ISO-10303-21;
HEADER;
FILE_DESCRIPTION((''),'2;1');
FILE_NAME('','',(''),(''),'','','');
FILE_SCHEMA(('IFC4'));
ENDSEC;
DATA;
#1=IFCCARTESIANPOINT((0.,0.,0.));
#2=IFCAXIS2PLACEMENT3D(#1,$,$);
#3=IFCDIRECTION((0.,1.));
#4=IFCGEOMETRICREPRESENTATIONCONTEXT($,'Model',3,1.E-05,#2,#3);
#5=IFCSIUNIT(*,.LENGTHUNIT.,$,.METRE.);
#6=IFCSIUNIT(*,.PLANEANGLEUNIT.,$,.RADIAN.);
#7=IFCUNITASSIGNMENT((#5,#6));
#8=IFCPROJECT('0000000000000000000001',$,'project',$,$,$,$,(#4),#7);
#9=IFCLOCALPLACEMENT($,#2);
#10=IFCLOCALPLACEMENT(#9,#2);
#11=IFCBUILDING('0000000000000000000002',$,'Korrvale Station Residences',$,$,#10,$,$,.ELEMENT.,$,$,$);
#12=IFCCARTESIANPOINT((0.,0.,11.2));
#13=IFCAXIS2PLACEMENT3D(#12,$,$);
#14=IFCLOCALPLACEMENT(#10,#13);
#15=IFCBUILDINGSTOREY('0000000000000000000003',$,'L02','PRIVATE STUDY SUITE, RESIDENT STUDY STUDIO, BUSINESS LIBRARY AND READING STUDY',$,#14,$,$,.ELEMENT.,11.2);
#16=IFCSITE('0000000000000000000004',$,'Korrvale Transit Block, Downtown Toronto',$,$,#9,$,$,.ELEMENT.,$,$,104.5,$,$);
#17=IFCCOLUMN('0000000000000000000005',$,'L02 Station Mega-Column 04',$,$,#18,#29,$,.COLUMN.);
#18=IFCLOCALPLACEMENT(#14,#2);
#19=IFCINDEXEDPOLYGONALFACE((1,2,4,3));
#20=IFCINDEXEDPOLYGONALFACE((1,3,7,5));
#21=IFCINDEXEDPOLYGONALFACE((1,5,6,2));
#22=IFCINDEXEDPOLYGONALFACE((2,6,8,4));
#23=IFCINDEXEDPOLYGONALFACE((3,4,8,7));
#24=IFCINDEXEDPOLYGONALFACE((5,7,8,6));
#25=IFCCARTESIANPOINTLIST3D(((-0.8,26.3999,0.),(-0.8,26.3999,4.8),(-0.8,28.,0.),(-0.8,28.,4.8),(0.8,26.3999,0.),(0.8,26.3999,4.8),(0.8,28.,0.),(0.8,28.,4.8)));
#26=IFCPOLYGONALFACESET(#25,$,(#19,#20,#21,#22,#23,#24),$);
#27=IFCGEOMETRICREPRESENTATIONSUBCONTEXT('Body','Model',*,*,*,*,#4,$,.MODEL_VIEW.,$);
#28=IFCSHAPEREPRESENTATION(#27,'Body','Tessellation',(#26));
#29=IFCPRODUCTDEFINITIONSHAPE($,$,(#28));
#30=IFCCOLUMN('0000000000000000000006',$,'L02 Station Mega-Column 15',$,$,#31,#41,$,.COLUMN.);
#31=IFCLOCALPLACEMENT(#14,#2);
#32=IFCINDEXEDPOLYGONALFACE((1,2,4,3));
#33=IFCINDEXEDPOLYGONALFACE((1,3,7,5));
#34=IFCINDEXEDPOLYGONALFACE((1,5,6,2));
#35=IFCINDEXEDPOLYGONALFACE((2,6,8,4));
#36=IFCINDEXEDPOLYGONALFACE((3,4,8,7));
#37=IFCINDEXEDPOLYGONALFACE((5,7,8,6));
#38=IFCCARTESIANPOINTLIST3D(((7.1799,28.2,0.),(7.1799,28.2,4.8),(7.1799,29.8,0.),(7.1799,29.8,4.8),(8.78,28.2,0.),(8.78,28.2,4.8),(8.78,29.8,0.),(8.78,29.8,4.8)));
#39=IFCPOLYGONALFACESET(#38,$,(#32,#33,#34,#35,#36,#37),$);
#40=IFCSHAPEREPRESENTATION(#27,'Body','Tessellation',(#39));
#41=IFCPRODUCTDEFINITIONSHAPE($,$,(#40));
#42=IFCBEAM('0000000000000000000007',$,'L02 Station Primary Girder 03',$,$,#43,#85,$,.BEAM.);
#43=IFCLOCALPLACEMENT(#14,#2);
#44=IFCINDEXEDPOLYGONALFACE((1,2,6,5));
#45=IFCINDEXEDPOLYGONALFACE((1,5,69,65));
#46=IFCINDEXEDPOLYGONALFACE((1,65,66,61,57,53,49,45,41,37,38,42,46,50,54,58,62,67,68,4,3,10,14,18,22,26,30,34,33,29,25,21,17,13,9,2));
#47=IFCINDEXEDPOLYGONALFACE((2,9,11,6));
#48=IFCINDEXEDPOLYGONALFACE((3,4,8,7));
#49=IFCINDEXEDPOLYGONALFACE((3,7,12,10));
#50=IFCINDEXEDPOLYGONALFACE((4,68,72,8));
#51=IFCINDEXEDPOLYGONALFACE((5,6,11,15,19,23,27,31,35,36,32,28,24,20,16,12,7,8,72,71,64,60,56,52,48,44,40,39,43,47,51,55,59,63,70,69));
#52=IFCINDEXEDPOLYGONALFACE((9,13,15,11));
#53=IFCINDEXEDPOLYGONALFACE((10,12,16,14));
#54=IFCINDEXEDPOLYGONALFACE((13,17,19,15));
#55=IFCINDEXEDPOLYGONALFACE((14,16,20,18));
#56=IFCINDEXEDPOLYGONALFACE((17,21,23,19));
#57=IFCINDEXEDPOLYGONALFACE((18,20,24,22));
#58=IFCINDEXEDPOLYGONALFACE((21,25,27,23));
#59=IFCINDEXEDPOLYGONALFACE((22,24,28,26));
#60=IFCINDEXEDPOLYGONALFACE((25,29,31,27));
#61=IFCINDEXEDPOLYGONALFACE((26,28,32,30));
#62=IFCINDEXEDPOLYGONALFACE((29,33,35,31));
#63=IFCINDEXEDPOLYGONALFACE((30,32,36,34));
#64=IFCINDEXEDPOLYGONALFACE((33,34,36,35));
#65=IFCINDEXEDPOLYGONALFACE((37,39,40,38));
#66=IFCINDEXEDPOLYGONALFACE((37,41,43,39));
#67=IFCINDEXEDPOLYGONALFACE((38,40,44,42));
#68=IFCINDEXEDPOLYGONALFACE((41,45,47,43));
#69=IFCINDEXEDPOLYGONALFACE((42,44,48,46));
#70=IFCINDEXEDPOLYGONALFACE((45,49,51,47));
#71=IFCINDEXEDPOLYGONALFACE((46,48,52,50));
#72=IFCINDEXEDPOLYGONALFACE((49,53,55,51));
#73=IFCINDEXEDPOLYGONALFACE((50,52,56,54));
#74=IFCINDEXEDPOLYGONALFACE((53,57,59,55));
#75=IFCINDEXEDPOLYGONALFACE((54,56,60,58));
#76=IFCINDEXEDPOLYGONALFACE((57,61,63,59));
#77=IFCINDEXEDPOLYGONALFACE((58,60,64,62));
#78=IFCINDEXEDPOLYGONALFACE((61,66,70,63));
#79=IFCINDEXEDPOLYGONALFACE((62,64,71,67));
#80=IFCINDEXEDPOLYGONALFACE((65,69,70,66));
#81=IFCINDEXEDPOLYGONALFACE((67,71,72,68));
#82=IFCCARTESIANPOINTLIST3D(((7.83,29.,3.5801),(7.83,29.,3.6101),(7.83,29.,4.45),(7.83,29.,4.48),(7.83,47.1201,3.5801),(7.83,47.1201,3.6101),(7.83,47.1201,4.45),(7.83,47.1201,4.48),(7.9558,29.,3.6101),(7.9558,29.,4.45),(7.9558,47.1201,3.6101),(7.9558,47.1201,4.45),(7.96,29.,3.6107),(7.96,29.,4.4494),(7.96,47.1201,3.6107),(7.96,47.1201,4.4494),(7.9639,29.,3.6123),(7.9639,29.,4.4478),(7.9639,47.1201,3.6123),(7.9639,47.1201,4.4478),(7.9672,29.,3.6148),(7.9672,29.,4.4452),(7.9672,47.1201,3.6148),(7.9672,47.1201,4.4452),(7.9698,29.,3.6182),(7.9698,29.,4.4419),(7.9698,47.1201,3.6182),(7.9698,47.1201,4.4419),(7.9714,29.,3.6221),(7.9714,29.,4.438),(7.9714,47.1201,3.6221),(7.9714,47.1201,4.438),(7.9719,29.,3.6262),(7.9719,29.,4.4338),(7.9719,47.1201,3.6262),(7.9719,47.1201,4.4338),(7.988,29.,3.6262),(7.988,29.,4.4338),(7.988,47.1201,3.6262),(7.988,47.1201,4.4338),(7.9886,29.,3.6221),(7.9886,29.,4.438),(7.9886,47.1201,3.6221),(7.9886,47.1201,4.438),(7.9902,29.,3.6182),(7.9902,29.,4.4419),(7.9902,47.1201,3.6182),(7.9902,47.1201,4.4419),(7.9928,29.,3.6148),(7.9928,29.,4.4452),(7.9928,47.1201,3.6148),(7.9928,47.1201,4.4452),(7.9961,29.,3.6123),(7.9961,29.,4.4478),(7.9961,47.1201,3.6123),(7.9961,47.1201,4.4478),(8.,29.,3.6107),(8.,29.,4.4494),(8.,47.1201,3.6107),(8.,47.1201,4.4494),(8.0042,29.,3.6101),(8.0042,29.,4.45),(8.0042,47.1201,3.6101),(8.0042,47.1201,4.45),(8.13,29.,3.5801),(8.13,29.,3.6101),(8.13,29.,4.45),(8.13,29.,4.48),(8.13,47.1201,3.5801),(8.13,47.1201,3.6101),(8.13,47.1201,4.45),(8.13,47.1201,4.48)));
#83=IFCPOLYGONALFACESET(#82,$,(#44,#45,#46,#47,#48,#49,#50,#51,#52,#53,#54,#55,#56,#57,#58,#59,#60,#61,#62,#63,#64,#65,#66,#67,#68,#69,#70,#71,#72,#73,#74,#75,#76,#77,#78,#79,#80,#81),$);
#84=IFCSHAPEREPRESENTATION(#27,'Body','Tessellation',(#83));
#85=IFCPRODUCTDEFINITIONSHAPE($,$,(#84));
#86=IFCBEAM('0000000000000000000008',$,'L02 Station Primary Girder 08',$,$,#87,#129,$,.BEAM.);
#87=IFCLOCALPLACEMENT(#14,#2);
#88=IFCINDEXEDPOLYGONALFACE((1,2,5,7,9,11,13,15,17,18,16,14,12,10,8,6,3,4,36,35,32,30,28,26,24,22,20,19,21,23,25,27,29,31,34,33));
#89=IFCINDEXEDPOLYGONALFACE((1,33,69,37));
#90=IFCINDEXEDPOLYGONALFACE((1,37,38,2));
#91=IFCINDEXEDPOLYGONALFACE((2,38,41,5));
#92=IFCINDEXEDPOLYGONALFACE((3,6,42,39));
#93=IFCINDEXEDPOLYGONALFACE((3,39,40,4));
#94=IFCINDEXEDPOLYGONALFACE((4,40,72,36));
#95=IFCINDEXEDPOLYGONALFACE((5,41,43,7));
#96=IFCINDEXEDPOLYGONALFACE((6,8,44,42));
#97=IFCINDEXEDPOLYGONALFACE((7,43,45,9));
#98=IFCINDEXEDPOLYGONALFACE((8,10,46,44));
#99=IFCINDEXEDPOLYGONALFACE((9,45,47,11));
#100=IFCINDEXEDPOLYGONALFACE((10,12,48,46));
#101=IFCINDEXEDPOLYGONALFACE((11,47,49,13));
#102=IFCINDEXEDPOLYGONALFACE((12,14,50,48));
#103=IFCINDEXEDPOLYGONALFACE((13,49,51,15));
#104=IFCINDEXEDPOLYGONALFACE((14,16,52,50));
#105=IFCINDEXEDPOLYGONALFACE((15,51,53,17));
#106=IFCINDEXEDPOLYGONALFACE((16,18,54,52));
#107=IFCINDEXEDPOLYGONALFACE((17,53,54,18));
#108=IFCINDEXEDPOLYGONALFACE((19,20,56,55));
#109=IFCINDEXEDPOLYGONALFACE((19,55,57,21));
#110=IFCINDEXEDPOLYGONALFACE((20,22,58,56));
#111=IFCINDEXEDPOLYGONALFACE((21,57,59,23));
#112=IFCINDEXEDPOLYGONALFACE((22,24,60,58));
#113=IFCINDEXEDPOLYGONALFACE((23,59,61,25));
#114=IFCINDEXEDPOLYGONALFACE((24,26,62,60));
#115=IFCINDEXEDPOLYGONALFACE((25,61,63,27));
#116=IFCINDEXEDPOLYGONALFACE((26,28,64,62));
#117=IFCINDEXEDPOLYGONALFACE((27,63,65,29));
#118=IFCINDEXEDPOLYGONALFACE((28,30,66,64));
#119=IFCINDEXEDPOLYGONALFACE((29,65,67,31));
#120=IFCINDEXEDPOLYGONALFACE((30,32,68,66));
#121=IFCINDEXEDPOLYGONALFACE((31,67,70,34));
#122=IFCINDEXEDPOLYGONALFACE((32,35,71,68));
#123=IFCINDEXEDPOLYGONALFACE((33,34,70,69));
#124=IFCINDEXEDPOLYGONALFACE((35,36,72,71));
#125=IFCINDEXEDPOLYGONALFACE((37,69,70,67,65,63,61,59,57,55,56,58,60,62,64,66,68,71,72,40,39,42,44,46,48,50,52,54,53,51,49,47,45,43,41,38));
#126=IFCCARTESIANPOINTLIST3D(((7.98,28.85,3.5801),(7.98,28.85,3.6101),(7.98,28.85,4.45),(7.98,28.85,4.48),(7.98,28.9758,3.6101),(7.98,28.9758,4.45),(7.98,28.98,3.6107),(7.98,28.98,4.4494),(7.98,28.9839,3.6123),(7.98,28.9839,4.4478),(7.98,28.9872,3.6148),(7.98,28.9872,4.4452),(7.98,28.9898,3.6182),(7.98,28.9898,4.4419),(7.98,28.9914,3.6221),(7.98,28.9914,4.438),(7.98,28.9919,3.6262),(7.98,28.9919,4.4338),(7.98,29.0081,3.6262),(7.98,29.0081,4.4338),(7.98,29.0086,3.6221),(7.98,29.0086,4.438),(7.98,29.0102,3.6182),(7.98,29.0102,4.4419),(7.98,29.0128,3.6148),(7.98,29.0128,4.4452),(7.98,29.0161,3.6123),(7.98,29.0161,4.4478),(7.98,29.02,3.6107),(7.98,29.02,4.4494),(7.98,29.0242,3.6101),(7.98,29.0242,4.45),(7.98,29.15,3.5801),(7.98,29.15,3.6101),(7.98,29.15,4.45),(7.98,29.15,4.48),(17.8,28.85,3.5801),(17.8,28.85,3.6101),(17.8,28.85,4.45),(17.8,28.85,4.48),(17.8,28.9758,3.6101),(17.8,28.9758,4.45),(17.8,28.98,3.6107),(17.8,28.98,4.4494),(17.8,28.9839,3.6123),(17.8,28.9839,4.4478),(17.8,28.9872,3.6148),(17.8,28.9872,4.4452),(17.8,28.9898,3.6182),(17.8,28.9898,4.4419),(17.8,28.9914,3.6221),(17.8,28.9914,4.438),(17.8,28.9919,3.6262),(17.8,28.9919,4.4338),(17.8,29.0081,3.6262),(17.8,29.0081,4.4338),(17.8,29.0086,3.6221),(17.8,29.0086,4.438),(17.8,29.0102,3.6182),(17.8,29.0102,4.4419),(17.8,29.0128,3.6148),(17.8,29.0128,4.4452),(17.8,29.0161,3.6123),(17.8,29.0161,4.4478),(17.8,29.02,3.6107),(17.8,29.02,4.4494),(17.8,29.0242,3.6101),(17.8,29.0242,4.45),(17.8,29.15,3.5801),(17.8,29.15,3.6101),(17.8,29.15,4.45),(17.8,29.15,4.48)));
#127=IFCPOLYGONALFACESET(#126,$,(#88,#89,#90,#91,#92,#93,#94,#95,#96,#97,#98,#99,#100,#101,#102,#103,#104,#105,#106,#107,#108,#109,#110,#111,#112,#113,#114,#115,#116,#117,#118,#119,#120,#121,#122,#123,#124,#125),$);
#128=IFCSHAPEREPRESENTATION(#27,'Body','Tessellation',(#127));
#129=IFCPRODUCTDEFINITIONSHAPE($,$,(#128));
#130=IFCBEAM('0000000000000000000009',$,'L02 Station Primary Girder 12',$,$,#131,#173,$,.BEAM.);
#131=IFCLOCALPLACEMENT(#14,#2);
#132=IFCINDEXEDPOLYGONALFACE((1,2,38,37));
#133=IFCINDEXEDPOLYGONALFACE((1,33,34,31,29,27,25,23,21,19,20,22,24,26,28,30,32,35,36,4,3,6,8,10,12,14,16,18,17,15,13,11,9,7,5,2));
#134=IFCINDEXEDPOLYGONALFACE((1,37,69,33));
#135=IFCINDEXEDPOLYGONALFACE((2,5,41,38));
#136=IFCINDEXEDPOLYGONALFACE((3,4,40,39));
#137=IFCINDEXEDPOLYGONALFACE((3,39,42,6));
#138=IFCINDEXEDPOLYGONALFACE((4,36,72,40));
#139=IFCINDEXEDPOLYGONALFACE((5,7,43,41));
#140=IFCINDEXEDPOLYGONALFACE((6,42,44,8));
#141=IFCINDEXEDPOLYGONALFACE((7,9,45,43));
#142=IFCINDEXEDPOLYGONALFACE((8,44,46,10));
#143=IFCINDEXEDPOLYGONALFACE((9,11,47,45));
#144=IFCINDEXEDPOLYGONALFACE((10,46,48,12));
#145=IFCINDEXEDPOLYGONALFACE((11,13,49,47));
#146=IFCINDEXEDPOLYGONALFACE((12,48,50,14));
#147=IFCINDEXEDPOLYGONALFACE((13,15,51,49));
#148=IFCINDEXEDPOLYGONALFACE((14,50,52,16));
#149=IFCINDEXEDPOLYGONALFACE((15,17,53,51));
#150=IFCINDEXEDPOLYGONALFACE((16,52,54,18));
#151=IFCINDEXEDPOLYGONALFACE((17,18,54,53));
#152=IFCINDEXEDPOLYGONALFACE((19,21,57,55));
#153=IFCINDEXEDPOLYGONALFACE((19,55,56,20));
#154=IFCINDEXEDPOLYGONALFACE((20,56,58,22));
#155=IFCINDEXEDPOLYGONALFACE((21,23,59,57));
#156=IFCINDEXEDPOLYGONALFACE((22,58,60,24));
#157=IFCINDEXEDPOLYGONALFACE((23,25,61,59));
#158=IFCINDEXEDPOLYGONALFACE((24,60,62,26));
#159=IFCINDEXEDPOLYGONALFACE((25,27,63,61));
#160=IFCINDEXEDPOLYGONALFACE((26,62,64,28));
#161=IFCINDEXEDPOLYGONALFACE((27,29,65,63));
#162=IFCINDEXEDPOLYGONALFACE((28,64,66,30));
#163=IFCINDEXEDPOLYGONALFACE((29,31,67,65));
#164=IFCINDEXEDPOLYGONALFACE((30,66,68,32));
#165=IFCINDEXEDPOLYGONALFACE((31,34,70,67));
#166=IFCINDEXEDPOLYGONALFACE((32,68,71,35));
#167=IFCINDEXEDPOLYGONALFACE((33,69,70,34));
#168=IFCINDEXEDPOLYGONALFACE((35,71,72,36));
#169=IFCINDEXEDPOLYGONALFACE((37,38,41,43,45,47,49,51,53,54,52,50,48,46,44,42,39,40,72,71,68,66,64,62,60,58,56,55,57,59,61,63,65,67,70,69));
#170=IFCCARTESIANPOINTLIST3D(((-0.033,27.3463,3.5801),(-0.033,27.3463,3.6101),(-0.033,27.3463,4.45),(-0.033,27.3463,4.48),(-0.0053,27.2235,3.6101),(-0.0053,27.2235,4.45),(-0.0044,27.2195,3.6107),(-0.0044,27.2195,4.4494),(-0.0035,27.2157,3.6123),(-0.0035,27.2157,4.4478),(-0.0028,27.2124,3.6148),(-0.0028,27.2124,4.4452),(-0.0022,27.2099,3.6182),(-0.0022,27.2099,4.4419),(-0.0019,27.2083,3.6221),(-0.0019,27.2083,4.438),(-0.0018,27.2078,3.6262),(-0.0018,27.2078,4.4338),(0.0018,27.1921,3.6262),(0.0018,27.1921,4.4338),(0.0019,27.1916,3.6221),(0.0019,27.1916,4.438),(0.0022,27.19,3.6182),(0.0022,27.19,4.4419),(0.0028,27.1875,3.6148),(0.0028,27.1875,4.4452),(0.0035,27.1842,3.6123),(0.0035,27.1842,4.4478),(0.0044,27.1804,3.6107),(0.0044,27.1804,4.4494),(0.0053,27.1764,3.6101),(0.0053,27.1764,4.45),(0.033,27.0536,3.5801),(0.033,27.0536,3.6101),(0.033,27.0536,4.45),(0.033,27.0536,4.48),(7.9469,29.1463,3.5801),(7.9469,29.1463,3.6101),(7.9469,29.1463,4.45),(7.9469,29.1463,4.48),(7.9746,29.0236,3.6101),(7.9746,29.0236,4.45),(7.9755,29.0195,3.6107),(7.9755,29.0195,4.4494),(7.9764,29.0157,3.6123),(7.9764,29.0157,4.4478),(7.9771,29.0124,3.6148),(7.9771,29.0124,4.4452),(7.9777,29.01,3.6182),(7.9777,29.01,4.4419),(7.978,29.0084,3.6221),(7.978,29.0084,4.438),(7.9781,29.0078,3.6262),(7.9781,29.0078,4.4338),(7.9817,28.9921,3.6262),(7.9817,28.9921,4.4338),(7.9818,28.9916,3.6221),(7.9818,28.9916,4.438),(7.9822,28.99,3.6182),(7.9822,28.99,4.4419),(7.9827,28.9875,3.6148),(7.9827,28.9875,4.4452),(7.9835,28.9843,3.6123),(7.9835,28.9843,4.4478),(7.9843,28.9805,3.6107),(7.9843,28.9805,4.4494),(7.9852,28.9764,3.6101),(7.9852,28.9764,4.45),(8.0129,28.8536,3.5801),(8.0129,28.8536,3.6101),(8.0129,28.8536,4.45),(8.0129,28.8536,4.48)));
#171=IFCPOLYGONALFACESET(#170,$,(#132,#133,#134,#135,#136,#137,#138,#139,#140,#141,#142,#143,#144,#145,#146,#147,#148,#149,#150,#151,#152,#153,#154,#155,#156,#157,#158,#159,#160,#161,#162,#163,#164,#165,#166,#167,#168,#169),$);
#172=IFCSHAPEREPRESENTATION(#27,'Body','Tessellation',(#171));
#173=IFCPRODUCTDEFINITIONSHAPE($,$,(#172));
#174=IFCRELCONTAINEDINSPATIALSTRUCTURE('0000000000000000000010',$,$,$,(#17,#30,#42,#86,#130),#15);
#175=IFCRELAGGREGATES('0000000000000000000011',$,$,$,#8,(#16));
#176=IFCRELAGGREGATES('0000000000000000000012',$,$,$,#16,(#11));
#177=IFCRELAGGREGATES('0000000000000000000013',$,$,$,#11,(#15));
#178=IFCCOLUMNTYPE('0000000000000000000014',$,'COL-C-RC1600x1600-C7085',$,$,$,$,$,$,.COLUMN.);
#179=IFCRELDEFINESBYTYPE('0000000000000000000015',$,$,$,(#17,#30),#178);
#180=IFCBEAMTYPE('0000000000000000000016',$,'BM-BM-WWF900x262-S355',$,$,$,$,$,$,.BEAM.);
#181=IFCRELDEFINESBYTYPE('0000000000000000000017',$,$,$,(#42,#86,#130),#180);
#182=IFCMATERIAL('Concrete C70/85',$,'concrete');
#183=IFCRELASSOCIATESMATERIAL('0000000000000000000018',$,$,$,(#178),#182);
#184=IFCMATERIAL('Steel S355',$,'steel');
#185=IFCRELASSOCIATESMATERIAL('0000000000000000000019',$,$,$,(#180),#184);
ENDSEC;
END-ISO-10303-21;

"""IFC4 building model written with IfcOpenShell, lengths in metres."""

from ifc_helpers import new_model, si_unit, direction, frame, origin, origin_2d, place, context, subcontext, project, spatial, rectangle, i_section, extrude, material, material_profile, profile_set, type_object, element, save


model = new_model("IFC4")

# Units and contexts
model_context = context("Model", 3, precision=1e-05, world=origin(), true_north=direction((0.0, 1.0)))
body_context = subcontext(model_context, "Body", "Model", "MODEL_VIEW")
ifc_project = project(units=[si_unit("LENGTHUNIT", "METRE"), si_unit("PLANEANGLEUNIT", "RADIAN")], contexts=[model_context])

# Site, building, storey
site_placement = place(None, origin())
site = spatial("IfcSite", under=ifc_project, at=site_placement, Name="Korrvale Transit Block, Downtown Toronto", CompositionType="ELEMENT", RefElevation=104.5)
building_placement = place(site_placement, origin())
building = spatial("IfcBuilding", under=site, at=building_placement, Name="Korrvale Station Residences", CompositionType="ELEMENT")
storey_placement = place(building_placement, frame((0.0, 0.0, 11.2)))
storey = spatial("IfcBuildingStorey", under=building, at=storey_placement, Name="L02", Description="PRIVATE STUDY SUITE, RESIDENT STUDY STUDIO, BUSINESS LIBRARY AND READING STUDY", CompositionType="ELEMENT", Elevation=11.2)

# Columns
ifc_material_1 = material(Name="Concrete C70/85", Category="concrete")
ifc_material_profile_1 = material_profile(ifc_material_1, rectangle(XDim=1.6001, YDim=1.6001, at=origin_2d()), Name="RC1600x1600")
ifc_profile_set_1 = profile_set([ifc_material_profile_1], Name="Concrete C70/85")
column_type = type_object("IfcColumnType", Name="COL-C-RC1600x1600-C7085", PredefinedType="COLUMN", material=ifc_profile_set_1)
for number, where, z_axis, x_axis, name in (
    (1, (0.0, 27.2, 0.0), (0.0, 0.0, 1.0), (1.0, 0.0, 0.0), "L02 Station Mega-Column 04"),
    (2, (7.98, 29.0, 0.0), (0.0, 0.0, 1.0), (1.0, 0.0, 0.0), "L02 Station Mega-Column 15"),
):
    element("IfcColumn", number, at=place(storey_placement, frame(where, z_axis=z_axis, x_axis=x_axis)), inside=storey, type_object=column_type, Name=name, PredefinedType="COLUMN", context=body_context, shape_type="SweptSolid", body=[
        extrude(rectangle(XDim=1.6001, YDim=1.6001, at=origin_2d()), origin(), (0.0, 0.0, 1.0), 4.8),
    ])

# Beams
ifc_material_2 = material(Name="Steel S355", Category="steel")
ifc_material_profile_2 = material_profile(ifc_material_2, i_section(OverallWidth=0.3, OverallDepth=0.8999, WebThickness=0.0161, FlangeThickness=0.03, FilletRadius=0.0161, at=origin_2d()), Name="WWF900x262")
ifc_profile_set_2 = profile_set([ifc_material_profile_2], Name="Steel S355")
beam_type_1 = type_object("IfcBeamType", Name="BM-BM-WWF900x262-S355", PredefinedType="BEAM", material=ifc_profile_set_2)
beam_1_placement = place(storey_placement, frame((7.98, 29.0, 4.03), z_axis=(0.0, 1.0, 0.0), x_axis=(-1.0, 0.0, 0.0)))
element("IfcBeam", 3, at=beam_1_placement, inside=storey, type_object=beam_type_1, Name="L02 Station Primary Girder 03", PredefinedType="BEAM", context=body_context, shape_type="SweptSolid", body=[
    extrude(i_section(OverallWidth=0.3, OverallDepth=0.8999, WebThickness=0.0161, FlangeThickness=0.03, FilletRadius=0.0161, at=origin_2d()), origin(), (0.0, 0.0, 1.0), 18.1201),
])
beam_2_placement = place(storey_placement, frame((7.98, 29.0, 4.03), z_axis=(1.0, 0.0, 0.0), x_axis=(0.0, 1.0, 0.0)))
element("IfcBeam", 4, at=beam_2_placement, inside=storey, type_object=beam_type_1, Name="L02 Station Primary Girder 08", PredefinedType="BEAM", context=body_context, shape_type="SweptSolid", body=[
    extrude(i_section(OverallWidth=0.3, OverallDepth=0.8999, WebThickness=0.0161, FlangeThickness=0.03, FilletRadius=0.0161, at=origin_2d()), origin(), (0.0, 0.0, 1.0), 9.8201),
])
beam_3_placement = place(storey_placement, frame((0.0, 27.2, 4.03), z_axis=(0.97549, 0.220042, 0.0), x_axis=(-0.220042, 0.97549, 0.0)))
element("IfcBeam", 5, at=beam_3_placement, inside=storey, type_object=beam_type_1, Name="L02 Station Primary Girder 12", PredefinedType="BEAM", context=body_context, shape_type="SweptSolid", body=[
    extrude(i_section(OverallWidth=0.3, OverallDepth=0.8999, WebThickness=0.0161, FlangeThickness=0.03, FilletRadius=0.0161, at=origin_2d()), origin(), (0.0, 0.0, 1.0), 8.1804),
])

save(model, "model.ifc")
